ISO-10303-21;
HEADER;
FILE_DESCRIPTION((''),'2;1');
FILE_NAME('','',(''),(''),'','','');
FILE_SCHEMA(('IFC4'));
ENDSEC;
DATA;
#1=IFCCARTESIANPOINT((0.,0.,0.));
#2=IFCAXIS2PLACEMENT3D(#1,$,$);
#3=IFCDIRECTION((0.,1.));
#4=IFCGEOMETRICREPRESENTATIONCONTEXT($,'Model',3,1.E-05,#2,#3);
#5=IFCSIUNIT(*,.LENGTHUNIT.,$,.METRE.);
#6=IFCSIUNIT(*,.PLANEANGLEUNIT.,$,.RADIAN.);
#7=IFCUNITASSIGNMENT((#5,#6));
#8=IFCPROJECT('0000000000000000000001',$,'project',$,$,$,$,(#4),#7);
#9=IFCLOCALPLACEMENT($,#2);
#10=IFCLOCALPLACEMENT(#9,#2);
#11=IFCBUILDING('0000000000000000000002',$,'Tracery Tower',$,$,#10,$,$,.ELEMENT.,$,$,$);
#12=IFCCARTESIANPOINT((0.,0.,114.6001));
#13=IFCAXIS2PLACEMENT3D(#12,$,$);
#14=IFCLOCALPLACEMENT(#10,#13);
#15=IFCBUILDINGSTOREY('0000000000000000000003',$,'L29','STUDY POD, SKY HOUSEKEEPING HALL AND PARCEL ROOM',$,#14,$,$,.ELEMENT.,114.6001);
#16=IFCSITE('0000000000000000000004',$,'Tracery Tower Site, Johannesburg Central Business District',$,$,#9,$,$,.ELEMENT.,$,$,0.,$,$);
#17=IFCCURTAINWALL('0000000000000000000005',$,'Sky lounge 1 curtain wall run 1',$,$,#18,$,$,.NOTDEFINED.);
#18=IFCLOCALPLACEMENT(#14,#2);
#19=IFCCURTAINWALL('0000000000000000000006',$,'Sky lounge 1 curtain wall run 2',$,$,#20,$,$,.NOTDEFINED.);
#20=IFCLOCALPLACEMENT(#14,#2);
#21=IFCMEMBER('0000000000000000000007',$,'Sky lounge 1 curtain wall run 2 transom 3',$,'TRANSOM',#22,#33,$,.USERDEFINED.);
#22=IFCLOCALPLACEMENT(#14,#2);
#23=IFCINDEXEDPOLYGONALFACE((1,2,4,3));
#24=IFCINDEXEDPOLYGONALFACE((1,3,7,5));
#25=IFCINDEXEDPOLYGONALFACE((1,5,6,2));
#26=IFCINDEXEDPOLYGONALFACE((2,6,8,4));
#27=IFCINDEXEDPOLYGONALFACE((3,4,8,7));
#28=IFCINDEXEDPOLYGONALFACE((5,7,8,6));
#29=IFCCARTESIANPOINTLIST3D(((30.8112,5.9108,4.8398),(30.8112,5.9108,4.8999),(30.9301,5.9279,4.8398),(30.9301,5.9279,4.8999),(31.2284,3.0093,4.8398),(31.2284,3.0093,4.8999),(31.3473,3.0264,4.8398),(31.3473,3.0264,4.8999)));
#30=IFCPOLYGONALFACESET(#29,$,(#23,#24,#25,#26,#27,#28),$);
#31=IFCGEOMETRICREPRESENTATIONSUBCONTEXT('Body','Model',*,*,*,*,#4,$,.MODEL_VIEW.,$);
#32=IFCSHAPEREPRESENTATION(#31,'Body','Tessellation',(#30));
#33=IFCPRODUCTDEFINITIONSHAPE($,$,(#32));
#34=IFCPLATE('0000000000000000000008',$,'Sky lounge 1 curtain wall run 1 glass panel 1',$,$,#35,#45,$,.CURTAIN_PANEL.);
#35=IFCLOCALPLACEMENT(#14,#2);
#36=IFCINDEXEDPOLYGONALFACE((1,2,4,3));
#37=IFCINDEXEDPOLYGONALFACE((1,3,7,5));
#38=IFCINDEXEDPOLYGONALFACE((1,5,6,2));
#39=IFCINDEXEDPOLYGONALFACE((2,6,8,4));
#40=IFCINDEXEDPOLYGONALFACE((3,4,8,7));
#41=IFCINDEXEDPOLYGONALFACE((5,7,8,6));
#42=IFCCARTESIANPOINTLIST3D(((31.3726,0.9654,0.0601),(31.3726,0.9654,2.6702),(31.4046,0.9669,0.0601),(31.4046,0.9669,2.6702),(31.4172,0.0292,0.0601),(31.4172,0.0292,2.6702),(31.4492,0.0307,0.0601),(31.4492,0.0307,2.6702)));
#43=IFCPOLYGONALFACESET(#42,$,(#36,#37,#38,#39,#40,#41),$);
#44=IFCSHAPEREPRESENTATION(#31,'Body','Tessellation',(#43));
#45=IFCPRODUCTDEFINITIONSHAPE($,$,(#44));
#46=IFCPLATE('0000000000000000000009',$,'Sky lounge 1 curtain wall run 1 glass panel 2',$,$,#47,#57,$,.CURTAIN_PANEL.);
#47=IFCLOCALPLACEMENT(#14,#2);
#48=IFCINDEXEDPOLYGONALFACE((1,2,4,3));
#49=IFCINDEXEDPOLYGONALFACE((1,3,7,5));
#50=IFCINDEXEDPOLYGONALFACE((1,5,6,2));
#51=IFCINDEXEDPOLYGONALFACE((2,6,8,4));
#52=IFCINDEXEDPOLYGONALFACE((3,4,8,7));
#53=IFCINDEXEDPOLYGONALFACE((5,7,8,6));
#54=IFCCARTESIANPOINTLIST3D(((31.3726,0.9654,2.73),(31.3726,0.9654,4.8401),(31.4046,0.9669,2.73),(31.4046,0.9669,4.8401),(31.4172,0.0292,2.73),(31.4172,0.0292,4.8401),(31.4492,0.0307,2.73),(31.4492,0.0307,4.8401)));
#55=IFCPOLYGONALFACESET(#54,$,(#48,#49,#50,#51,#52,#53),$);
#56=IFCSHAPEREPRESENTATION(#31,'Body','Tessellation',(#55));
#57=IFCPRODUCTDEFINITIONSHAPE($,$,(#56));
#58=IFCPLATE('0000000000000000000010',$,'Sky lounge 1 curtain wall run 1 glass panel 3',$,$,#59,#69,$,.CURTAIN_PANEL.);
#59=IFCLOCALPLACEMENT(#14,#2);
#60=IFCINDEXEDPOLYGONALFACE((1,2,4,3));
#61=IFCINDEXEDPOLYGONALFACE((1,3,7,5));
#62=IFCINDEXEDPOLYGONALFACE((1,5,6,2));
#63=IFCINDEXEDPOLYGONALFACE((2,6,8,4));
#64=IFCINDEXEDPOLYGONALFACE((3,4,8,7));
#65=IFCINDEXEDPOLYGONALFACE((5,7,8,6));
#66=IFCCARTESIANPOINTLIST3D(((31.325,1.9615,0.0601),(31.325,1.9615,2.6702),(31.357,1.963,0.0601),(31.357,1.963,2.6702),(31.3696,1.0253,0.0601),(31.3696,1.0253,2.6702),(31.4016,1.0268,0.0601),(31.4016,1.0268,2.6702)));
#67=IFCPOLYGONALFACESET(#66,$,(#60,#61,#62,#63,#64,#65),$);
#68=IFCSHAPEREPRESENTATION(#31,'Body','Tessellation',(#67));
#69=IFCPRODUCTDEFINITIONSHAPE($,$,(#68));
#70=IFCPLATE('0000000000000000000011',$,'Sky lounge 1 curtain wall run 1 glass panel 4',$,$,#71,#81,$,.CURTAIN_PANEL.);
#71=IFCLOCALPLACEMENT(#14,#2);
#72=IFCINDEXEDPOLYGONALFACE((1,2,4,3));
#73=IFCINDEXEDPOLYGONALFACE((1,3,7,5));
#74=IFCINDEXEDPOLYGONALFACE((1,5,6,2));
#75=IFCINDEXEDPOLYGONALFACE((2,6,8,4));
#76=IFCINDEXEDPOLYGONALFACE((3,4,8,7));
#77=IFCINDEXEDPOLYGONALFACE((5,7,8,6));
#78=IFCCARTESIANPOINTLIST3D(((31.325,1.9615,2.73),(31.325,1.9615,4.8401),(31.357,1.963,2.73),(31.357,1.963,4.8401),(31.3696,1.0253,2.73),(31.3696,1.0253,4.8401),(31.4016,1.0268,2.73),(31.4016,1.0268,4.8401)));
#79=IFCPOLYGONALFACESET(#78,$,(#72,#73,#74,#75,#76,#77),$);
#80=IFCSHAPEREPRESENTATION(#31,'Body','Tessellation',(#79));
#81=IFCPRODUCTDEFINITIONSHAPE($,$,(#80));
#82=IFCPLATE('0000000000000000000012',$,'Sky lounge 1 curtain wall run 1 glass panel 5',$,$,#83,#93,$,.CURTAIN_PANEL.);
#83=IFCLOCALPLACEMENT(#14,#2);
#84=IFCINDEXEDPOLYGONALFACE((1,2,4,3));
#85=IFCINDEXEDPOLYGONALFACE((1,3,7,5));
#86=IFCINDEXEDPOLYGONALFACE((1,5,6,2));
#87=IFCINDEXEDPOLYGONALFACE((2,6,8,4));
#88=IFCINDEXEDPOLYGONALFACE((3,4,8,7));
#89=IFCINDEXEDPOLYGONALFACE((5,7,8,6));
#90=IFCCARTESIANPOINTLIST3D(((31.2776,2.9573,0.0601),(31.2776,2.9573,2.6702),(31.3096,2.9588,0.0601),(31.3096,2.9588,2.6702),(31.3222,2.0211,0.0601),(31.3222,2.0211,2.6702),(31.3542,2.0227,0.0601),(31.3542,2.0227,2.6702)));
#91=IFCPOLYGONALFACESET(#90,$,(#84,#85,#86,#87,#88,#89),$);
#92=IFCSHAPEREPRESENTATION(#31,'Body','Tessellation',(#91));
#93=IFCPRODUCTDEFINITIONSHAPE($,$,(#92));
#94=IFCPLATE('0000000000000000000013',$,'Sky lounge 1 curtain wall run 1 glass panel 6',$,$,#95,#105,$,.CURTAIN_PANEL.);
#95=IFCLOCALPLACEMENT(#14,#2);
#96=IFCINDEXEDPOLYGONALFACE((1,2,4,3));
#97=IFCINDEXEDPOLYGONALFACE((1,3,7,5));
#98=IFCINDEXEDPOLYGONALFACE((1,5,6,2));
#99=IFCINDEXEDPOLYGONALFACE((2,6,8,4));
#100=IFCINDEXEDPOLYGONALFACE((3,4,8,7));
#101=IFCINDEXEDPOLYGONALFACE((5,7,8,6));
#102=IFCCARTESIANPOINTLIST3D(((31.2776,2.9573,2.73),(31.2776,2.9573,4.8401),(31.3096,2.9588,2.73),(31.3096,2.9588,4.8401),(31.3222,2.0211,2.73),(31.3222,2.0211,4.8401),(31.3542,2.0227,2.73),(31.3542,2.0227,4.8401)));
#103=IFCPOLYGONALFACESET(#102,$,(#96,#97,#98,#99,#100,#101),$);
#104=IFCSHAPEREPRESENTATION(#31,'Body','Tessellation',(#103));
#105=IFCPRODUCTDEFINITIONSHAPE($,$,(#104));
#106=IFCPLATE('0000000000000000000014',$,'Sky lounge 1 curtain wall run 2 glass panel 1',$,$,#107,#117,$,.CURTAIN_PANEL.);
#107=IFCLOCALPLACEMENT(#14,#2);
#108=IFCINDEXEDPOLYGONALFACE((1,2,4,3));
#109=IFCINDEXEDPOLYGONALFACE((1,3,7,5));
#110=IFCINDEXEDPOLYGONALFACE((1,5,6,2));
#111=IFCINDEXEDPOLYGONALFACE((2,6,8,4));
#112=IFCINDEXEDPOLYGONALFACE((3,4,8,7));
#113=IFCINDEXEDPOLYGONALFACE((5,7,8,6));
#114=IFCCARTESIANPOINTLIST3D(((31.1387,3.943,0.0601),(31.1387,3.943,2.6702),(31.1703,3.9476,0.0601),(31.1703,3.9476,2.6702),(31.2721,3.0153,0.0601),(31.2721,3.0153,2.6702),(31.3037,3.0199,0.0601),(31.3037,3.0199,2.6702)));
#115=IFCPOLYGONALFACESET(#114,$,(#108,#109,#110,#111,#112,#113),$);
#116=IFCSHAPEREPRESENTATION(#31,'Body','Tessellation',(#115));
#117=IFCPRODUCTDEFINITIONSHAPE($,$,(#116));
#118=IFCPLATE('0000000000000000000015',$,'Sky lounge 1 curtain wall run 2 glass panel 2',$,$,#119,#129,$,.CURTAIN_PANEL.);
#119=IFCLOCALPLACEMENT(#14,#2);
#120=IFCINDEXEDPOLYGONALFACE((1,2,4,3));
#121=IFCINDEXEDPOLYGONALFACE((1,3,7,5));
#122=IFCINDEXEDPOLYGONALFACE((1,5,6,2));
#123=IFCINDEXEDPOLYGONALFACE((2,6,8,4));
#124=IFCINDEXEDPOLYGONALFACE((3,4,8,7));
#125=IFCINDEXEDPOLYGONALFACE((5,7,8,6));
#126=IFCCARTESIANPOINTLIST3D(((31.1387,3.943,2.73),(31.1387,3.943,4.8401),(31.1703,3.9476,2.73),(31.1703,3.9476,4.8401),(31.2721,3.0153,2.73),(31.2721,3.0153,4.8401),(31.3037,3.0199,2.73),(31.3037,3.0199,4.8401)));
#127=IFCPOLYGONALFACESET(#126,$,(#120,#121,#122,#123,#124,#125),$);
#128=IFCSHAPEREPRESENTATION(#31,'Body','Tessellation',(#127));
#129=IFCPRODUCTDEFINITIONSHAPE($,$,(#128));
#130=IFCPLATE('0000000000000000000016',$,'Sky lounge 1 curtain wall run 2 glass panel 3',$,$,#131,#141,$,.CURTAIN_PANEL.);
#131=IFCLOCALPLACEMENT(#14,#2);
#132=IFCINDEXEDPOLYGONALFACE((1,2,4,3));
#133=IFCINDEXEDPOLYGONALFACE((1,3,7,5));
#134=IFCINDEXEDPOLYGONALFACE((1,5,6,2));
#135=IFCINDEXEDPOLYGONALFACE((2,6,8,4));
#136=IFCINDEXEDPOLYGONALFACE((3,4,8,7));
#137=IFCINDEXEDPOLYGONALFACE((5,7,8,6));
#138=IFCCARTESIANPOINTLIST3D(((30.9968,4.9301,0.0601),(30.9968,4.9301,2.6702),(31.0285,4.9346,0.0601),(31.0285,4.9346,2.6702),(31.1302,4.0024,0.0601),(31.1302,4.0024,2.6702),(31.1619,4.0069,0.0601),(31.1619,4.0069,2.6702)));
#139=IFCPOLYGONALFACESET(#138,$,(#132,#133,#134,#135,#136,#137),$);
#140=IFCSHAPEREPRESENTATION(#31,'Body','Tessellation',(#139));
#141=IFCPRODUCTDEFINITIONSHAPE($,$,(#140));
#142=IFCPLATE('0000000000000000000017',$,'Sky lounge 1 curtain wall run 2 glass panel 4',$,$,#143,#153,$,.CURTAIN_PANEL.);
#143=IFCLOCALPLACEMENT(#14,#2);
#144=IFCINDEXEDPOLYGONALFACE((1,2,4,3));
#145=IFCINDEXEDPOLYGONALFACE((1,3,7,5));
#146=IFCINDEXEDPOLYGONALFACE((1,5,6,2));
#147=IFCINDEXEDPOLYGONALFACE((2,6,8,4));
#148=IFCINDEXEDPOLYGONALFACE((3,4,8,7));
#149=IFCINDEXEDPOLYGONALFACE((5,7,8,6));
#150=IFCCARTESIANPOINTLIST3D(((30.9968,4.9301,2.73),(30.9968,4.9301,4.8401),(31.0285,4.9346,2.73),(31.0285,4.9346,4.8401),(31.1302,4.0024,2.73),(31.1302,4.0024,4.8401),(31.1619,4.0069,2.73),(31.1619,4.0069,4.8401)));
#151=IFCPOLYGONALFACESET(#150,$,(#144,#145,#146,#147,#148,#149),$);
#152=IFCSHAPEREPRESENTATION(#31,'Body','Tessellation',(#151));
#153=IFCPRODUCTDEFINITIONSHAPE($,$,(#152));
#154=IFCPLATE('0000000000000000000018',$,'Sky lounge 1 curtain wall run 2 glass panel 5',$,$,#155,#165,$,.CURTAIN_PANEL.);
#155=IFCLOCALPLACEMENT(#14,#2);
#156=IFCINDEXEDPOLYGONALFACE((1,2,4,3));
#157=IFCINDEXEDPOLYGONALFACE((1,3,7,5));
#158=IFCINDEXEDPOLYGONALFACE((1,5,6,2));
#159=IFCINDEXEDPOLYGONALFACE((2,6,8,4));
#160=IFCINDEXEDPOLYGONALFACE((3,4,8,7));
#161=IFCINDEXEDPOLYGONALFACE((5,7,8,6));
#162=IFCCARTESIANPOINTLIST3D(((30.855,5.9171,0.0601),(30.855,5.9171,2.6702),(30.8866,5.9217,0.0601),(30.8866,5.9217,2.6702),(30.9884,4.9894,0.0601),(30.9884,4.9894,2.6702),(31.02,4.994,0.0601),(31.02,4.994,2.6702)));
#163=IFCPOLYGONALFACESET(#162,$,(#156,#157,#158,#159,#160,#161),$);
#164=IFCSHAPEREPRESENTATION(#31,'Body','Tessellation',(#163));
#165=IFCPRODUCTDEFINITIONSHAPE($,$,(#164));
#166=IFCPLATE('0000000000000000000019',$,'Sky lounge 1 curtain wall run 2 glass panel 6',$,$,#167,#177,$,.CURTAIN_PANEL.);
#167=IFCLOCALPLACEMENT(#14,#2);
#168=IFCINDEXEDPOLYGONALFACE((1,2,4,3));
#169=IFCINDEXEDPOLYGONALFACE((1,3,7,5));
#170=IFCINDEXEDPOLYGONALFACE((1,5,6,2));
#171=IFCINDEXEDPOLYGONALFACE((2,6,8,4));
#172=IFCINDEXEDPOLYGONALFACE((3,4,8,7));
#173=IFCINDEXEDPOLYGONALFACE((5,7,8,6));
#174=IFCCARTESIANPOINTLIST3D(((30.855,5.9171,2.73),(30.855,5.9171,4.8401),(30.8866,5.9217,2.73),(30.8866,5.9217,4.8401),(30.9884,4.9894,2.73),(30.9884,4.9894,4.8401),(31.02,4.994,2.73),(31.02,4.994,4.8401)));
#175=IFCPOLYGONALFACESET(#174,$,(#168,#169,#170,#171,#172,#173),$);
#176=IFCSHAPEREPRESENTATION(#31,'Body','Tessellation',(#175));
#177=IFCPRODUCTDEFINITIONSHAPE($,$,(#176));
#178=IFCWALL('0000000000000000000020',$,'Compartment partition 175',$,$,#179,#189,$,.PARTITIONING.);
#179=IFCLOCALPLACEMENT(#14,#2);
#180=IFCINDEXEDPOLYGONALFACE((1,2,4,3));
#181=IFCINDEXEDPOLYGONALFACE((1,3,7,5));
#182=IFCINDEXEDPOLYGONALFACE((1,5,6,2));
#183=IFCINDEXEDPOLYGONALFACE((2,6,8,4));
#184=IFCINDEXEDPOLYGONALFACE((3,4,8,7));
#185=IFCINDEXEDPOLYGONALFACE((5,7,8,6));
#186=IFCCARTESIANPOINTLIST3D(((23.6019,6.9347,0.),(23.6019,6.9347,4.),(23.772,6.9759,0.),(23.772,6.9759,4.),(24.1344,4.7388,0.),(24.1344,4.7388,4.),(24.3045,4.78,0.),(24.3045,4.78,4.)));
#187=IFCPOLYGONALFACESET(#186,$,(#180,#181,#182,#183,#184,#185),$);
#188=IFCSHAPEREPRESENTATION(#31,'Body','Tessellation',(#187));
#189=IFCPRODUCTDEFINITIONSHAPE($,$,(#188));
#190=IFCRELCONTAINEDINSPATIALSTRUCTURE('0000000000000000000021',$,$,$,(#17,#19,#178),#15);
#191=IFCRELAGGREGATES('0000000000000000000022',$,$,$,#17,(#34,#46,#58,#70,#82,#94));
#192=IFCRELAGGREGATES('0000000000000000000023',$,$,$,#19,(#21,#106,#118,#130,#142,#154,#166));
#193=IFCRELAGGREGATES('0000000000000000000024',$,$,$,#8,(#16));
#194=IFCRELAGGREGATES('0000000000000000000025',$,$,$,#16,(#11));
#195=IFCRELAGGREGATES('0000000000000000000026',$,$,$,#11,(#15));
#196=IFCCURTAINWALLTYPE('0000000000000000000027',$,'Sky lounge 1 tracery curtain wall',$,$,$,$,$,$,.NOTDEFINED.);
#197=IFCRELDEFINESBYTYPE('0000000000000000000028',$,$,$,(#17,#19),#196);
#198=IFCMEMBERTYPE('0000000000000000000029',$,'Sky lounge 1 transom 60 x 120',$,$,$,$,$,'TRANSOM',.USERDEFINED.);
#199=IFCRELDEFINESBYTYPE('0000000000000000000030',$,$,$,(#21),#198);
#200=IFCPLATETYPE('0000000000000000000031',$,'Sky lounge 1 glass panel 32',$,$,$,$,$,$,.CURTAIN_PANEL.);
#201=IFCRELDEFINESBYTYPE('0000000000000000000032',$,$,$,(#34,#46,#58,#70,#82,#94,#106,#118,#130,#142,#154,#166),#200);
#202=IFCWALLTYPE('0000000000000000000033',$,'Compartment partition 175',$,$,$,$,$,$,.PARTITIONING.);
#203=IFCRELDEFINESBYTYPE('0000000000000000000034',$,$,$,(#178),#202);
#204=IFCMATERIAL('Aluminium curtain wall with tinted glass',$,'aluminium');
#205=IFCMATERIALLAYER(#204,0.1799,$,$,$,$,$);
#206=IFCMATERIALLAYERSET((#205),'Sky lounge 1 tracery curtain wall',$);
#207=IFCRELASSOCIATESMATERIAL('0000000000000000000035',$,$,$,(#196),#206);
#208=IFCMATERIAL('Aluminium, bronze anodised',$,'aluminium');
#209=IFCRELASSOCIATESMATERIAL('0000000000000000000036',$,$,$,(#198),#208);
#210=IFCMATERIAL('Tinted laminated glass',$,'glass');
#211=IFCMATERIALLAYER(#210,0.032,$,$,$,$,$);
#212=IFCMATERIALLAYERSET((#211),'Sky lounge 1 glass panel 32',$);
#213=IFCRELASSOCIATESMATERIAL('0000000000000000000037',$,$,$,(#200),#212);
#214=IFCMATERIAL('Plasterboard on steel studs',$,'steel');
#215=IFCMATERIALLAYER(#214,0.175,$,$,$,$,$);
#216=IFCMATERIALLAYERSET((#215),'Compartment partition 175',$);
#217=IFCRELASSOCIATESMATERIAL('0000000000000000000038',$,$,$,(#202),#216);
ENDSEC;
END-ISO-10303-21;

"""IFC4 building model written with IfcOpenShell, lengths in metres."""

from ifc_helpers import new_model, si_unit, direction, frame, frame_2d, origin, origin_2d, place, context, subcontext, project, spatial, rectangle, extrude, material, layer, layer_set, material_profile, profile_set, type_object, element, aggregate, save


model = new_model("IFC4")

# Units and contexts
model_context = context("Model", 3, precision=1e-05, world=origin(), true_north=direction((0.0, 1.0)))
body_context = subcontext(model_context, "Body", "Model", "MODEL_VIEW")
ifc_project = project(units=[si_unit("LENGTHUNIT", "METRE"), si_unit("PLANEANGLEUNIT", "RADIAN")], contexts=[model_context])

# Site, building, storey
site_placement = place(None, origin())
site = spatial("IfcSite", under=ifc_project, at=site_placement, Name="Tracery Tower Site, Johannesburg Central Business District", CompositionType="ELEMENT", RefElevation=0.0)
building_placement = place(site_placement, origin())
building = spatial("IfcBuilding", under=site, at=building_placement, Name="Tracery Tower", CompositionType="ELEMENT")
storey_placement = place(building_placement, frame((0.0, 0.0, 114.6001)))
storey = spatial("IfcBuildingStorey", under=building, at=storey_placement, Name="L29", Description="STUDY POD, SKY HOUSEKEEPING HALL AND PARCEL ROOM", CompositionType="ELEMENT", Elevation=114.6001)

# Curtain walls
ifc_material_1 = material(Name="Aluminium curtain wall with tinted glass", Category="aluminium")
ifc_layer_1 = layer(ifc_material_1, 0.1799)
ifc_layer_set_1 = layer_set([ifc_layer_1], Name="Sky lounge 1 tracery curtain wall")
curtain_wall_type = type_object("IfcCurtainWallType", Name="Sky lounge 1 tracery curtain wall", PredefinedType="NOTDEFINED", material=ifc_layer_set_1)
curtain_wall_1_placement = place(storey_placement, origin())
curtain_wall_1 = element("IfcCurtainWall", 1, at=curtain_wall_1_placement, inside=storey, type_object=curtain_wall_type, Name="Sky lounge 1 curtain wall run 1", PredefinedType="NOTDEFINED")
curtain_wall_2_placement = place(storey_placement, origin())
curtain_wall_2 = element("IfcCurtainWall", 2, at=curtain_wall_2_placement, inside=storey, type_object=curtain_wall_type, Name="Sky lounge 1 curtain wall run 2", PredefinedType="NOTDEFINED")

# Member
ifc_material_2 = material(Name="Aluminium, bronze anodised", Category="aluminium")
ifc_material_profile_1 = material_profile(ifc_material_2, rectangle(XDim=0.1201, YDim=0.0601, at=origin_2d()), Name="AL 60x120")
ifc_profile_set_1 = profile_set([ifc_material_profile_1], Name="Aluminium, bronze anodised")
member_type_1 = type_object("IfcMemberType", Name="Sky lounge 1 transom 60 x 120", ElementType="TRANSOM", PredefinedType="USERDEFINED", material=ifc_profile_set_1)
member_1_placement = place(storey_placement, frame((31.2878, 3.0178, 4.8699), z_axis=(-0.142331, 0.989819, 0.0), x_axis=(-0.989819, -0.142331, 0.0)))
member_1 = element("IfcMember", 3, at=member_1_placement, type_object=member_type_1, Name="Sky lounge 1 curtain wall run 2 transom 3", ObjectType="TRANSOM", PredefinedType="USERDEFINED", context=body_context, shape_type="SweptSolid", body=[
    extrude(rectangle(XDim=0.1201, YDim=0.0601, at=origin_2d()), origin(), (0.0, 0.0, 1.0), 2.9314),
])

# Plates
ifc_material_3 = material(Name="Tinted laminated glass", Category="glass")
ifc_layer_2 = layer(ifc_material_3, 0.032)
ifc_layer_set_2 = layer_set([ifc_layer_2], Name="Sky lounge 1 glass panel 32")
plate_type = type_object("IfcPlateType", Name="Sky lounge 1 glass panel 32", PredefinedType="CURTAIN_PANEL", material=ifc_layer_set_2)
plate_1_placement = place(storey_placement, frame((31.4109, 0.498, 0.0601), z_axis=(0.0, 0.0, 1.0), x_axis=(-0.047582, 0.998867, 0.0)))
plate_1 = element("IfcPlate", 4, at=plate_1_placement, type_object=plate_type, Name="Sky lounge 1 curtain wall run 1 glass panel 1", PredefinedType="CURTAIN_PANEL", context=body_context, shape_type="SweptSolid", body=[
    extrude(rectangle(XDim=0.9373, YDim=0.032, at=origin_2d()), origin(), (0.0, 0.0, 1.0), 2.6101),
])
plate_2_placement = place(storey_placement, frame((31.4109, 0.498, 2.73), z_axis=(0.0, 0.0, 1.0), x_axis=(-0.047582, 0.998867, 0.0)))
plate_2 = element("IfcPlate", 5, at=plate_2_placement, type_object=plate_type, Name="Sky lounge 1 curtain wall run 1 glass panel 2", PredefinedType="CURTAIN_PANEL", context=body_context, shape_type="SweptSolid", body=[
    extrude(rectangle(XDim=0.9373, YDim=0.032, at=origin_2d()), origin(), (0.0, 0.0, 1.0), 2.1101),
])
plate_3_placement = place(storey_placement, frame((31.3633, 1.4941, 0.0601), z_axis=(0.0, 0.0, 1.0), x_axis=(-0.047582, 0.998867, 0.0)))
plate_3 = element("IfcPlate", 6, at=plate_3_placement, type_object=plate_type, Name="Sky lounge 1 curtain wall run 1 glass panel 3", PredefinedType="CURTAIN_PANEL", context=body_context, shape_type="SweptSolid", body=[
    extrude(rectangle(XDim=0.9373, YDim=0.032, at=origin_2d()), origin(), (0.0, 0.0, 1.0), 2.6101),
])
plate_4_placement = place(storey_placement, frame((31.3633, 1.4941, 2.73), z_axis=(0.0, 0.0, 1.0), x_axis=(-0.047582, 0.998867, 0.0)))
plate_4 = element("IfcPlate", 7, at=plate_4_placement, type_object=plate_type, Name="Sky lounge 1 curtain wall run 1 glass panel 4", PredefinedType="CURTAIN_PANEL", context=body_context, shape_type="SweptSolid", body=[
    extrude(rectangle(XDim=0.9373, YDim=0.032, at=origin_2d()), origin(), (0.0, 0.0, 1.0), 2.1101),
])
plate_5_placement = place(storey_placement, frame((31.3159, 2.49, 0.0601), z_axis=(0.0, 0.0, 1.0), x_axis=(-0.047582, 0.998867, 0.0)))
plate_5 = element("IfcPlate", 8, at=plate_5_placement, type_object=plate_type, Name="Sky lounge 1 curtain wall run 1 glass panel 5", PredefinedType="CURTAIN_PANEL", context=body_context, shape_type="SweptSolid", body=[
    extrude(rectangle(XDim=0.9373, YDim=0.032, at=origin_2d()), origin(), (0.0, 0.0, 1.0), 2.6101),
])
plate_6_placement = place(storey_placement, frame((31.3159, 2.49, 2.73), z_axis=(0.0, 0.0, 1.0), x_axis=(-0.047582, 0.998867, 0.0)))
plate_6 = element("IfcPlate", 9, at=plate_6_placement, type_object=plate_type, Name="Sky lounge 1 curtain wall run 1 glass panel 6", PredefinedType="CURTAIN_PANEL", context=body_context, shape_type="SweptSolid", body=[
    extrude(rectangle(XDim=0.9373, YDim=0.032, at=origin_2d()), origin(), (0.0, 0.0, 1.0), 2.1101),
])
aggregate(curtain_wall_1, [plate_1, plate_2, plate_3, plate_4, plate_5, plate_6])
plate_7_placement = place(storey_placement, frame((31.2212, 3.4814, 0.0601), z_axis=(0.0, 0.0, 1.0), x_axis=(-0.142315, 0.989821, 0.0)))
plate_7 = element("IfcPlate", 10, at=plate_7_placement, type_object=plate_type, Name="Sky lounge 1 curtain wall run 2 glass panel 1", PredefinedType="CURTAIN_PANEL", context=body_context, shape_type="SweptSolid", body=[
    extrude(rectangle(XDim=0.9373, YDim=0.032, at=origin_2d()), origin(), (0.0, 0.0, 1.0), 2.6101),
])
plate_8_placement = place(storey_placement, frame((31.2212, 3.4814, 2.73), z_axis=(0.0, 0.0, 1.0), x_axis=(-0.142315, 0.989821, 0.0)))
plate_8 = element("IfcPlate", 11, at=plate_8_placement, type_object=plate_type, Name="Sky lounge 1 curtain wall run 2 glass panel 2", PredefinedType="CURTAIN_PANEL", context=body_context, shape_type="SweptSolid", body=[
    extrude(rectangle(XDim=0.9373, YDim=0.032, at=origin_2d()), origin(), (0.0, 0.0, 1.0), 2.1101),
])
plate_9_placement = place(storey_placement, frame((31.0793, 4.4685, 0.0601), z_axis=(0.0, 0.0, 1.0), x_axis=(-0.142315, 0.989821, 0.0)))
plate_9 = element("IfcPlate", 12, at=plate_9_placement, type_object=plate_type, Name="Sky lounge 1 curtain wall run 2 glass panel 3", PredefinedType="CURTAIN_PANEL", context=body_context, shape_type="SweptSolid", body=[
    extrude(rectangle(XDim=0.9373, YDim=0.032, at=origin_2d()), origin(), (0.0, 0.0, 1.0), 2.6101),
])
plate_10_placement = place(storey_placement, frame((31.0793, 4.4685, 2.73), z_axis=(0.0, 0.0, 1.0), x_axis=(-0.142315, 0.989821, 0.0)))
plate_10 = element("IfcPlate", 13, at=plate_10_placement, type_object=plate_type, Name="Sky lounge 1 curtain wall run 2 glass panel 4", PredefinedType="CURTAIN_PANEL", context=body_context, shape_type="SweptSolid", body=[
    extrude(rectangle(XDim=0.9373, YDim=0.032, at=origin_2d()), origin(), (0.0, 0.0, 1.0), 2.1101),
])
plate_11_placement = place(storey_placement, frame((30.9375, 5.4556, 0.0601), z_axis=(0.0, 0.0, 1.0), x_axis=(-0.142315, 0.989821, 0.0)))
plate_11 = element("IfcPlate", 14, at=plate_11_placement, type_object=plate_type, Name="Sky lounge 1 curtain wall run 2 glass panel 5", PredefinedType="CURTAIN_PANEL", context=body_context, shape_type="SweptSolid", body=[
    extrude(rectangle(XDim=0.9373, YDim=0.032, at=origin_2d()), origin(), (0.0, 0.0, 1.0), 2.6101),
])
plate_12_placement = place(storey_placement, frame((30.9375, 5.4556, 2.73), z_axis=(0.0, 0.0, 1.0), x_axis=(-0.142315, 0.989821, 0.0)))
plate_12 = element("IfcPlate", 15, at=plate_12_placement, type_object=plate_type, Name="Sky lounge 1 curtain wall run 2 glass panel 6", PredefinedType="CURTAIN_PANEL", context=body_context, shape_type="SweptSolid", body=[
    extrude(rectangle(XDim=0.9373, YDim=0.032, at=origin_2d()), origin(), (0.0, 0.0, 1.0), 2.1101),
])
aggregate(curtain_wall_2, [member_1, plate_7, plate_8, plate_9, plate_10, plate_11, plate_12])

# Wall
ifc_material_4 = material(Name="Plasterboard on steel studs", Category="steel")
ifc_layer_3 = layer(ifc_material_4, 0.175)
ifc_layer_set_3 = layer_set([ifc_layer_3], Name="Compartment partition 175")
wall_type = type_object("IfcWallType", Name="Compartment partition 175", PredefinedType="PARTITIONING", material=ifc_layer_set_3)
wall_1_placement = place(storey_placement, frame((24.2195, 4.7593, 0.0), z_axis=(0.0, 0.0, 1.0), x_axis=(-0.235665, 0.971834, 0.0)))
element("IfcWall", 16, at=wall_1_placement, inside=storey, type_object=wall_type, Name="Compartment partition 175", PredefinedType="PARTITIONING", context=body_context, shape_type="SweptSolid", body=[
    extrude(rectangle(XDim=2.2595, YDim=0.175, at=frame_2d((1.1299, 0.0))), origin(), (0.0, 0.0, 1.0), 4.0),
])

save(model, "model.ifc")
